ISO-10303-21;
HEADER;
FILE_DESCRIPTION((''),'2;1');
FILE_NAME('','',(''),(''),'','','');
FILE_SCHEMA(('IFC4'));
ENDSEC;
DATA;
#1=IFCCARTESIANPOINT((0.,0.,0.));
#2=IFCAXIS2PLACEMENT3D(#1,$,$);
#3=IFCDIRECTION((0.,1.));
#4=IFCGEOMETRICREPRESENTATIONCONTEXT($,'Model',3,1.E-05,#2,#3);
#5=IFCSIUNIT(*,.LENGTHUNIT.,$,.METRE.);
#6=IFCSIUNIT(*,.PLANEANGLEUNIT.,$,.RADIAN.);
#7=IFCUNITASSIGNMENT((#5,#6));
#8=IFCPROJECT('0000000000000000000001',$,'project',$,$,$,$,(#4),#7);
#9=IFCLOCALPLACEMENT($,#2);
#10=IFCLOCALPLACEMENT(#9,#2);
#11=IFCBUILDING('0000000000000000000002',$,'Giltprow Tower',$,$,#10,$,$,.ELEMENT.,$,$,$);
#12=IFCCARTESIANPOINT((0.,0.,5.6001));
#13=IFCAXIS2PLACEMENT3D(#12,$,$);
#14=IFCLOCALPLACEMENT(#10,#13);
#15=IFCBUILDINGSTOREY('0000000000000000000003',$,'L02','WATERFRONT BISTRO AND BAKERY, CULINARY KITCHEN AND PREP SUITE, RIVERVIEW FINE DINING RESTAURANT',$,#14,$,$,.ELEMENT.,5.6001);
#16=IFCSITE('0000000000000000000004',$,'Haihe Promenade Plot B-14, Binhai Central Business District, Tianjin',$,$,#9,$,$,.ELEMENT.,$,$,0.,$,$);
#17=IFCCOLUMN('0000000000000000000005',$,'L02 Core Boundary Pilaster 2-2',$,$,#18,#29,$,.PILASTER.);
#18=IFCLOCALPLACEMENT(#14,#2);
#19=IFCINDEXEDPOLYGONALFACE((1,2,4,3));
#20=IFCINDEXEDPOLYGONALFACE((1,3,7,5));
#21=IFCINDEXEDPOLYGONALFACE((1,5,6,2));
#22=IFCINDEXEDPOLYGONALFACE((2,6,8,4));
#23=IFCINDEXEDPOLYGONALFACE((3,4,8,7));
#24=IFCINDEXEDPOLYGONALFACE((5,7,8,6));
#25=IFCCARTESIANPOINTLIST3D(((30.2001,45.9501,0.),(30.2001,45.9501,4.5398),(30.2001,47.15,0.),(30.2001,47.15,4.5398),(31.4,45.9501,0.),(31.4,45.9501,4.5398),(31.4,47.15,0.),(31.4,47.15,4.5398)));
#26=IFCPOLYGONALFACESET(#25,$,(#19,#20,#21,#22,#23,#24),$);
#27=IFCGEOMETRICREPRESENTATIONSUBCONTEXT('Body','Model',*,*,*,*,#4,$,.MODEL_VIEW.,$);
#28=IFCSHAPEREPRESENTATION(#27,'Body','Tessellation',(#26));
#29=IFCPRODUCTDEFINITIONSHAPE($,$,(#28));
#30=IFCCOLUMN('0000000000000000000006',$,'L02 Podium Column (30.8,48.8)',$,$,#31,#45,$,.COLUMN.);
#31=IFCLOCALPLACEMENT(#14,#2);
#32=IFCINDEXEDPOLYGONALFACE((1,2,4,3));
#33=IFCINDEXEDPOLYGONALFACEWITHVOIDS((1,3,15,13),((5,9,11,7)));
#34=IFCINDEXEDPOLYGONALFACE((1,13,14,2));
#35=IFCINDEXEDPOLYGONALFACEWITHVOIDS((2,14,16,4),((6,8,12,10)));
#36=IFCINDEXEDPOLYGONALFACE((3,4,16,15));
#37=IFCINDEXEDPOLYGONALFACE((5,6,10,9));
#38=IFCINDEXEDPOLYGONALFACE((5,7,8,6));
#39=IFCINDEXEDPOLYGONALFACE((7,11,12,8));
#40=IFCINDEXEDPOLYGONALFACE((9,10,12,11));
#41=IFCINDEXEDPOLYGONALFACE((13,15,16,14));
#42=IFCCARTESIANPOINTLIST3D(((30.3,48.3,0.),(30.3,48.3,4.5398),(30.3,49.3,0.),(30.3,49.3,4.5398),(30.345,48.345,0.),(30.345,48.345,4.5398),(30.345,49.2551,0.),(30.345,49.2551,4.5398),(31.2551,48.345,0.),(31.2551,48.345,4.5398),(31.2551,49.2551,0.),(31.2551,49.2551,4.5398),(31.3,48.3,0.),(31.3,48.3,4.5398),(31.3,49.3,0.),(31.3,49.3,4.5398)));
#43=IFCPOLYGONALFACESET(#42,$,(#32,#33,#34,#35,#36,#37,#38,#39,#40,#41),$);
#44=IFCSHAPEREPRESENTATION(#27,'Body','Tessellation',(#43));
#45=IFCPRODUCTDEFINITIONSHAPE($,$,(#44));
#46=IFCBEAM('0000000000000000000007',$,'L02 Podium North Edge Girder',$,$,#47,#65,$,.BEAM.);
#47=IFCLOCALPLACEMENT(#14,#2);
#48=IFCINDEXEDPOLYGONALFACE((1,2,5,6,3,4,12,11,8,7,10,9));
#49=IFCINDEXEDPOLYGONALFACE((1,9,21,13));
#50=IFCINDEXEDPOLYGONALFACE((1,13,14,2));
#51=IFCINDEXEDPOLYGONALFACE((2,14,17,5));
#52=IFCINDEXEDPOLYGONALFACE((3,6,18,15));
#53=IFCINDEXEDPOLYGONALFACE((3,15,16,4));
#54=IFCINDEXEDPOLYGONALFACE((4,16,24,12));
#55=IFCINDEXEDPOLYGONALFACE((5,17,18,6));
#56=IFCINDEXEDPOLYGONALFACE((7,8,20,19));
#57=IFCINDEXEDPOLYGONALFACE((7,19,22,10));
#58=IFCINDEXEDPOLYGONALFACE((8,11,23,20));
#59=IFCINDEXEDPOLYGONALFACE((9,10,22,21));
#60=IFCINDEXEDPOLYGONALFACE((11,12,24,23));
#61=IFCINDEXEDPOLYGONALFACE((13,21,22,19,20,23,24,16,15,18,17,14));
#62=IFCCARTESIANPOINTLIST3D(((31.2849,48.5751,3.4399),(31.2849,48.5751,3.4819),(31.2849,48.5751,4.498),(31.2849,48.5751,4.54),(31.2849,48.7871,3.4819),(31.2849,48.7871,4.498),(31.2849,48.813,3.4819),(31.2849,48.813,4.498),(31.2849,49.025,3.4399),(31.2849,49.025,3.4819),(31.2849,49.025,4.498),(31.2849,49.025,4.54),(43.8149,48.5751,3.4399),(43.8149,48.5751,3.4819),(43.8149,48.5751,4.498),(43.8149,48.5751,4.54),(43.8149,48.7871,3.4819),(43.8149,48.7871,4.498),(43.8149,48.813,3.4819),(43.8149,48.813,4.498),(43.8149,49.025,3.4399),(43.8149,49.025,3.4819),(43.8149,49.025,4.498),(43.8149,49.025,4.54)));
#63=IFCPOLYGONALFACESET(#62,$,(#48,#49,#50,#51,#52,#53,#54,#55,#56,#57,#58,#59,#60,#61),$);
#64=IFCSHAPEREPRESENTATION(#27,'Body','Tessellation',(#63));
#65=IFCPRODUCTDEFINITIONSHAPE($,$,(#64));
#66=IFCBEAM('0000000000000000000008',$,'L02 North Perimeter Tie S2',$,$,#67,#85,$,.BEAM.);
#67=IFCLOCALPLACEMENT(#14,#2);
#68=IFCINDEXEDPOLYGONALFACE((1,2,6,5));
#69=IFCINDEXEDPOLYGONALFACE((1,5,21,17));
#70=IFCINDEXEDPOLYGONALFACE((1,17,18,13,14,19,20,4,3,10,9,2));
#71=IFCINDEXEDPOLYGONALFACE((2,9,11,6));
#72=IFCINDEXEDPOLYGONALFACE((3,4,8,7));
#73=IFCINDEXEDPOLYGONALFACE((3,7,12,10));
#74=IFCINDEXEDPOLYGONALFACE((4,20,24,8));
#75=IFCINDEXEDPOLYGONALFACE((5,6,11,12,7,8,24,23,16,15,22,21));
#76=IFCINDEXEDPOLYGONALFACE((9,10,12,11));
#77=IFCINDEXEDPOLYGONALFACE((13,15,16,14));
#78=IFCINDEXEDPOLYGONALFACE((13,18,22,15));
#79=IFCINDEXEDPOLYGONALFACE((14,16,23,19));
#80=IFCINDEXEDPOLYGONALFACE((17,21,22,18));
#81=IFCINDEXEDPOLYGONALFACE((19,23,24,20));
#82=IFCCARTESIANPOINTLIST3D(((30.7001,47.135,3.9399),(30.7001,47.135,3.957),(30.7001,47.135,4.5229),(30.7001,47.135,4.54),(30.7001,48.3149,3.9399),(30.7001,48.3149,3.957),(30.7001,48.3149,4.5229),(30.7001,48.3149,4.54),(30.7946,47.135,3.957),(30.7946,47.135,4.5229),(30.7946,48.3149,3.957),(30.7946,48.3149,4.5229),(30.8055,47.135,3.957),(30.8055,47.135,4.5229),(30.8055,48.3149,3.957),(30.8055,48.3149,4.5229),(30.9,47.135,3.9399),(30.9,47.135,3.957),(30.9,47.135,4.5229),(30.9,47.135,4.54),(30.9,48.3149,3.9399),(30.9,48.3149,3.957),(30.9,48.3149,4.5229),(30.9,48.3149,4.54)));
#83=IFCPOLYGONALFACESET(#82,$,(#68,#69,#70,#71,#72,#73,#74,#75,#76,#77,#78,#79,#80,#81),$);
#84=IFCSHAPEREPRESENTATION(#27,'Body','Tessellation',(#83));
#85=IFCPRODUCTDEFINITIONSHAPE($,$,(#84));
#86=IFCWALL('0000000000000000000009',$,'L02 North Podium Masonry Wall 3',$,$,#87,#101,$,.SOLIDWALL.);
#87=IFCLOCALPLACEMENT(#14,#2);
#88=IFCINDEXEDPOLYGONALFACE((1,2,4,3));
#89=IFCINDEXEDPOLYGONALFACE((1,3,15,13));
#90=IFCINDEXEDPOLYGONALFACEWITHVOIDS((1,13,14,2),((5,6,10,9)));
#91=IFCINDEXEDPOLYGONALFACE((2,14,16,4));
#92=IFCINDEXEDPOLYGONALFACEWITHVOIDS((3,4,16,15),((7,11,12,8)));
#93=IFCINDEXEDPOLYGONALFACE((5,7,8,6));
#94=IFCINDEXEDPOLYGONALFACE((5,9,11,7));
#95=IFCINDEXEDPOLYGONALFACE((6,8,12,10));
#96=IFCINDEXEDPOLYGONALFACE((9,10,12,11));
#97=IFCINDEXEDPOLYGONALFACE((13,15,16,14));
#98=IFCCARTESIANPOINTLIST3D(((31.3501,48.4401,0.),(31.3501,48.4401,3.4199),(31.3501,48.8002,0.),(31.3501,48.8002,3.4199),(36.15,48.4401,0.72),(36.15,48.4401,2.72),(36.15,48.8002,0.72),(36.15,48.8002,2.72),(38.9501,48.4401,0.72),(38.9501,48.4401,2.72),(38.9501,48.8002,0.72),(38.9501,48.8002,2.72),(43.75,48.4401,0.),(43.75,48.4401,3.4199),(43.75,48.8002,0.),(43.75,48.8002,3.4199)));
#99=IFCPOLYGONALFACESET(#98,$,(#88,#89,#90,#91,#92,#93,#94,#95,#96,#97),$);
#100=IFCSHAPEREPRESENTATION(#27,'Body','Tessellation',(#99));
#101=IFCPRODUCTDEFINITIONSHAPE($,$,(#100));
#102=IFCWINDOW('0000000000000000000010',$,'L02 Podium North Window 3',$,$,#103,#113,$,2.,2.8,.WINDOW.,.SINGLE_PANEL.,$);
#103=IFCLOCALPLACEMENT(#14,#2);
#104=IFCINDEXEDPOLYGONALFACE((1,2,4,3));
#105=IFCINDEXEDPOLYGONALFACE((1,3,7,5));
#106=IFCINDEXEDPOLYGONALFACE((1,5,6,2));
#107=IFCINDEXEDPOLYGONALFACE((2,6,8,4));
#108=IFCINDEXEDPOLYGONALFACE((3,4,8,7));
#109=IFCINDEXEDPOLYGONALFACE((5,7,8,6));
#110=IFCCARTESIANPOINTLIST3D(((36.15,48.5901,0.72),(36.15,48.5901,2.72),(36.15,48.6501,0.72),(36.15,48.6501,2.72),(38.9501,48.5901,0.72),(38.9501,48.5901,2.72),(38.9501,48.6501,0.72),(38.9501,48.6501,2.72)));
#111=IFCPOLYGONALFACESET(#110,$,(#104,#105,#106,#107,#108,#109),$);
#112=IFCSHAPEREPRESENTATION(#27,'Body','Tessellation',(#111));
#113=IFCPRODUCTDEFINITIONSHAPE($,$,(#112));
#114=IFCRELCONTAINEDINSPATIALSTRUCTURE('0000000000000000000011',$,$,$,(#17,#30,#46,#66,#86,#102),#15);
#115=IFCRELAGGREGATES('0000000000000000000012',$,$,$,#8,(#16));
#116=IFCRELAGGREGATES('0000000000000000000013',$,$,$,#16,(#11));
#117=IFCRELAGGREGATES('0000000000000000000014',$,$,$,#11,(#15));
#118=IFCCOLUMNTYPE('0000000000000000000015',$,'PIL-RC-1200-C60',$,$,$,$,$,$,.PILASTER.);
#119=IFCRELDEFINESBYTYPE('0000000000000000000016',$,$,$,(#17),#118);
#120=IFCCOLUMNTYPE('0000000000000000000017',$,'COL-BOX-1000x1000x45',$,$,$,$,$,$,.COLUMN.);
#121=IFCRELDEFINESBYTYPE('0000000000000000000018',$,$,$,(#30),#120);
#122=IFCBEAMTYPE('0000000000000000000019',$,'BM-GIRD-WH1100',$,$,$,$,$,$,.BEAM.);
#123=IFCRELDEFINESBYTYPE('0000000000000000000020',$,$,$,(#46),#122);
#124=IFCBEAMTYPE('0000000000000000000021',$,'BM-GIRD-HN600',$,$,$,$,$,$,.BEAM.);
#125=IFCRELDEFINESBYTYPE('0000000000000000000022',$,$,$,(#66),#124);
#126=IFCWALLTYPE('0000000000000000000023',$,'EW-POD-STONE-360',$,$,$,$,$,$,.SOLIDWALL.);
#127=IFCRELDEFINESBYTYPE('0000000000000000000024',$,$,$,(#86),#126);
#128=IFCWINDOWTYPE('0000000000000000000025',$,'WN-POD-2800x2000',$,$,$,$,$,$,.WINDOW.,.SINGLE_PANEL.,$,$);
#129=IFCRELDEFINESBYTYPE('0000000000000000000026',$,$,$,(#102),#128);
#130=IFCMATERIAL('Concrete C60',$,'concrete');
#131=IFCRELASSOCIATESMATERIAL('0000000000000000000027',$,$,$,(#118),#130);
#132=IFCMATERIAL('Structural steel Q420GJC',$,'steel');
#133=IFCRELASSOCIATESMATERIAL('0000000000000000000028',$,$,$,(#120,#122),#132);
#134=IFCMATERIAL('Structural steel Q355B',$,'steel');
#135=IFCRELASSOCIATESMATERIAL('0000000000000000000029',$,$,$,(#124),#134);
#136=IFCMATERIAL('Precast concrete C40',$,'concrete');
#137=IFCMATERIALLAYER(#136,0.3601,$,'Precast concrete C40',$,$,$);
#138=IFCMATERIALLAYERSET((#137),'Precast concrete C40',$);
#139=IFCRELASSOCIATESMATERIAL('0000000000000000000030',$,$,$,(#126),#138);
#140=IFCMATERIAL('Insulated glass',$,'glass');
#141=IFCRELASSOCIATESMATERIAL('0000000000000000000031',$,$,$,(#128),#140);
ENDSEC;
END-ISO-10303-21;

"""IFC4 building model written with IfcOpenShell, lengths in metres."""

from ifc_helpers import new_model, si_unit, direction, frame, frame_2d, origin, origin_2d, place, context, subcontext, project, spatial, rectangle, hollow_rectangle, i_section, extrude, source, transform, mapped, material, layer, layer_set, material_profile, profile_set, type_object, element, fill, save


model = new_model("IFC4")

# Units and contexts
model_context = context("Model", 3, precision=1e-05, world=origin(), true_north=direction((0.0, 1.0)))
body_context = subcontext(model_context, "Body", "Model", "MODEL_VIEW")
ifc_project = project(units=[si_unit("LENGTHUNIT", "METRE"), si_unit("PLANEANGLEUNIT", "RADIAN")], contexts=[model_context])

# Site, building, storey
site_placement = place(None, origin())
site = spatial("IfcSite", under=ifc_project, at=site_placement, Name="Haihe Promenade Plot B-14, Binhai Central Business District, Tianjin", CompositionType="ELEMENT", RefElevation=0.0)
building_placement = place(site_placement, origin())
building = spatial("IfcBuilding", under=site, at=building_placement, Name="Giltprow Tower", CompositionType="ELEMENT")
storey_placement = place(building_placement, frame((0.0, 0.0, 5.6001)))
storey = spatial("IfcBuildingStorey", under=building, at=storey_placement, Name="L02", Description="WATERFRONT BISTRO AND BAKERY, CULINARY KITCHEN AND PREP SUITE, RIVERVIEW FINE DINING RESTAURANT", CompositionType="ELEMENT", Elevation=5.6001)

# Columns
ifc_material_1 = material(Name="Concrete C60", Category="concrete")
ifc_material_profile_1 = material_profile(ifc_material_1, rectangle(XDim=1.2, YDim=1.2, at=origin_2d()), Name="RC 1200x1200")
ifc_profile_set_1 = profile_set([ifc_material_profile_1], Name="Concrete C60")
column_type_1 = type_object("IfcColumnType", Name="PIL-RC-1200-C60", PredefinedType="PILASTER", material=ifc_profile_set_1)
shared_shape_1 = source(origin(), body_context, "Body", "SweptSolid", [
    extrude(rectangle(XDim=1.2, YDim=1.2, at=origin_2d()), origin(), (0.0, 0.0, 1.0), 4.5398),
])
column_1_placement = place(storey_placement, frame((30.8, 46.55, 0.0), z_axis=(0.0, 0.0, 1.0), x_axis=(1.0, 0.0, 0.0)))
element("IfcColumn", 1, at=column_1_placement, inside=storey, type_object=column_type_1, Name="L02 Core Boundary Pilaster 2-2", PredefinedType="PILASTER", context=body_context, shape_type="MappedRepresentation", body=[
    mapped(shared_shape_1, transform((0.0, 0.0, 0.0), x_axis=(1.0, 0.0, 0.0), y_axis=(0.0, 1.0, 0.0), z_axis=(0.0, 0.0, 1.0), scale=1.0)),
])
ifc_material_2 = material(Name="Structural steel Q420GJC", Category="steel")
ifc_material_profile_2 = material_profile(ifc_material_2, hollow_rectangle(XDim=1.0, YDim=1.0, WallThickness=0.0449, at=origin_2d()), Name="BOX 1000x1000x45")
ifc_profile_set_2 = profile_set([ifc_material_profile_2], Name="Structural steel Q420GJC")
column_type_2 = type_object("IfcColumnType", Name="COL-BOX-1000x1000x45", PredefinedType="COLUMN", material=ifc_profile_set_2)
shared_shape_2 = source(origin(), body_context, "Body", "SweptSolid", [
    extrude(hollow_rectangle(XDim=1.0, YDim=1.0, WallThickness=0.0449, at=origin_2d()), origin(), (0.0, 0.0, 1.0), 4.5398),
])
column_2_placement = place(storey_placement, frame((30.8, 48.8, 0.0), z_axis=(0.0, 0.0, 1.0), x_axis=(1.0, 0.0, 0.0)))
element("IfcColumn", 2, at=column_2_placement, inside=storey, type_object=column_type_2, Name="L02 Podium Column (30.8,48.8)", PredefinedType="COLUMN", context=body_context, shape_type="MappedRepresentation", body=[
    mapped(shared_shape_2, transform((0.0, 0.0, 0.0), x_axis=(1.0, 0.0, 0.0), y_axis=(0.0, 1.0, 0.0), z_axis=(0.0, 0.0, 1.0), scale=1.0)),
])

# Beams
ifc_material_profile_3 = material_profile(ifc_material_2, i_section(OverallWidth=0.45, OverallDepth=1.1001, WebThickness=0.0259, FlangeThickness=0.042, at=origin_2d()), Name="WH 1100x450x26x42")
ifc_profile_set_3 = profile_set([ifc_material_profile_3], Name="Structural steel Q420GJC")
beam_type_1 = type_object("IfcBeamType", Name="BM-GIRD-WH1100", PredefinedType="BEAM", material=ifc_profile_set_3)
shared_shape_3 = source(origin(), body_context, "Body", "SweptSolid", [
    extrude(i_section(OverallWidth=0.45, OverallDepth=1.1001, WebThickness=0.0259, FlangeThickness=0.042, at=origin_2d()), origin(), (0.0, 0.0, 1.0), 12.53),
])
beam_1_placement = place(storey_placement, frame((31.2849, 48.8, 3.99), z_axis=(1.0, 0.0, 0.0), x_axis=(0.0, 1.0, 0.0)))
element("IfcBeam", 3, at=beam_1_placement, inside=storey, type_object=beam_type_1, Name="L02 Podium North Edge Girder", PredefinedType="BEAM", context=body_context, shape_type="MappedRepresentation", body=[
    mapped(shared_shape_3, transform((0.0, 0.0, 0.0), x_axis=(1.0, 0.0, 0.0), y_axis=(0.0, 1.0, 0.0), z_axis=(0.0, 0.0, 1.0), scale=1.0)),
])
ifc_material_3 = material(Name="Structural steel Q355B", Category="steel")
ifc_material_profile_4 = material_profile(ifc_material_3, i_section(OverallWidth=0.2, OverallDepth=0.6001, WebThickness=0.011, FlangeThickness=0.0171, at=origin_2d()), Name="HN 600x200x11x17")
ifc_profile_set_4 = profile_set([ifc_material_profile_4], Name="Structural steel Q355B")
beam_type_2 = type_object("IfcBeamType", Name="BM-GIRD-HN600", PredefinedType="BEAM", material=ifc_profile_set_4)
shared_shape_4 = source(origin(), body_context, "Body", "SweptSolid", [
    extrude(i_section(OverallWidth=0.2, OverallDepth=0.6001, WebThickness=0.011, FlangeThickness=0.0171, at=origin_2d()), origin(), (0.0, 0.0, 1.0), 1.1799),
])
beam_2_placement = place(storey_placement, frame((30.8, 47.135, 4.24), z_axis=(0.0, 1.0, 0.0), x_axis=(-1.0, 0.0, 0.0)))
element("IfcBeam", 4, at=beam_2_placement, inside=storey, type_object=beam_type_2, Name="L02 North Perimeter Tie S2", PredefinedType="BEAM", context=body_context, shape_type="MappedRepresentation", body=[
    mapped(shared_shape_4, transform((0.0, 0.0, 0.0), x_axis=(1.0, 0.0, 0.0), y_axis=(0.0, 1.0, 0.0), z_axis=(0.0, 0.0, 1.0), scale=1.0)),
])

# Wall, opening, window
ifc_material_4 = material(Name="Precast concrete C40", Category="concrete")
ifc_layer_1 = layer(ifc_material_4, 0.3601, Name="Precast concrete C40")
ifc_layer_set_1 = layer_set([ifc_layer_1], Name="Precast concrete C40")
wall_type_1 = type_object("IfcWallType", Name="EW-POD-STONE-360", PredefinedType="SOLIDWALL", material=ifc_layer_set_1)
wall_1_placement = place(storey_placement, frame((31.3501, 48.6201, 0.0), z_axis=(0.0, 0.0, 1.0), x_axis=(1.0, 0.0, 0.0)))
wall_1 = element("IfcWall", 5, at=wall_1_placement, inside=storey, type_object=wall_type_1, Name="L02 North Podium Masonry Wall 3", PredefinedType="SOLIDWALL", context=body_context, shape_type="SweptSolid", body=[
    extrude(rectangle(XDim=12.3999, YDim=0.3601, at=frame_2d((6.2, 0.0))), origin(), (0.0, 0.0, 1.0), 3.4199),
])
opening_1_placement = place(wall_1_placement, frame((4.8, 0.0, 0.72)))
opening_1 = element("IfcOpeningElement", 6, at=opening_1_placement, cuts=wall_1, PredefinedType="OPENING", context=body_context, shape_type="SweptSolid", body=[
    extrude(rectangle(XDim=2.8, YDim=2.0, at=frame_2d((1.3999, 1.0))), frame((0.0, 0.1899, 0.0), z_axis=(0.0, -1.0, 0.0), x_axis=(1.0, 0.0, 0.0)), (0.0, 0.0, 1.0), 0.3801),
])
ifc_material_5 = material(Name="Insulated glass", Category="glass")
window_type = type_object("IfcWindowType", Name="WN-POD-2800x2000", PartitioningType="SINGLE_PANEL", PredefinedType="WINDOW", material=ifc_material_5)
shared_shape_5 = source(origin(), body_context, "Body", "SweptSolid", [
    extrude(rectangle(XDim=2.8, YDim=2.0, at=frame_2d((1.3999, 1.0))), frame((0.0, 0.03, 0.0), z_axis=(0.0, -1.0, 0.0), x_axis=(1.0, 0.0, 0.0)), (0.0, 0.0, 1.0), 0.0601),
])
window_placement = place(opening_1_placement, origin())
window = element("IfcWindow", 7, at=window_placement, inside=storey, type_object=window_type, Name="L02 Podium North Window 3", OverallHeight=2.0, OverallWidth=2.8, PartitioningType="SINGLE_PANEL", PredefinedType="WINDOW", context=body_context, shape_type="MappedRepresentation", body=[
    mapped(shared_shape_5, transform((0.0, 0.0, 0.0), x_axis=(1.0, 0.0, 0.0), y_axis=(0.0, 1.0, 0.0), z_axis=(0.0, 0.0, 1.0), scale=1.0)),
])
fill(opening_1, window)

save(model, "model.ifc")
